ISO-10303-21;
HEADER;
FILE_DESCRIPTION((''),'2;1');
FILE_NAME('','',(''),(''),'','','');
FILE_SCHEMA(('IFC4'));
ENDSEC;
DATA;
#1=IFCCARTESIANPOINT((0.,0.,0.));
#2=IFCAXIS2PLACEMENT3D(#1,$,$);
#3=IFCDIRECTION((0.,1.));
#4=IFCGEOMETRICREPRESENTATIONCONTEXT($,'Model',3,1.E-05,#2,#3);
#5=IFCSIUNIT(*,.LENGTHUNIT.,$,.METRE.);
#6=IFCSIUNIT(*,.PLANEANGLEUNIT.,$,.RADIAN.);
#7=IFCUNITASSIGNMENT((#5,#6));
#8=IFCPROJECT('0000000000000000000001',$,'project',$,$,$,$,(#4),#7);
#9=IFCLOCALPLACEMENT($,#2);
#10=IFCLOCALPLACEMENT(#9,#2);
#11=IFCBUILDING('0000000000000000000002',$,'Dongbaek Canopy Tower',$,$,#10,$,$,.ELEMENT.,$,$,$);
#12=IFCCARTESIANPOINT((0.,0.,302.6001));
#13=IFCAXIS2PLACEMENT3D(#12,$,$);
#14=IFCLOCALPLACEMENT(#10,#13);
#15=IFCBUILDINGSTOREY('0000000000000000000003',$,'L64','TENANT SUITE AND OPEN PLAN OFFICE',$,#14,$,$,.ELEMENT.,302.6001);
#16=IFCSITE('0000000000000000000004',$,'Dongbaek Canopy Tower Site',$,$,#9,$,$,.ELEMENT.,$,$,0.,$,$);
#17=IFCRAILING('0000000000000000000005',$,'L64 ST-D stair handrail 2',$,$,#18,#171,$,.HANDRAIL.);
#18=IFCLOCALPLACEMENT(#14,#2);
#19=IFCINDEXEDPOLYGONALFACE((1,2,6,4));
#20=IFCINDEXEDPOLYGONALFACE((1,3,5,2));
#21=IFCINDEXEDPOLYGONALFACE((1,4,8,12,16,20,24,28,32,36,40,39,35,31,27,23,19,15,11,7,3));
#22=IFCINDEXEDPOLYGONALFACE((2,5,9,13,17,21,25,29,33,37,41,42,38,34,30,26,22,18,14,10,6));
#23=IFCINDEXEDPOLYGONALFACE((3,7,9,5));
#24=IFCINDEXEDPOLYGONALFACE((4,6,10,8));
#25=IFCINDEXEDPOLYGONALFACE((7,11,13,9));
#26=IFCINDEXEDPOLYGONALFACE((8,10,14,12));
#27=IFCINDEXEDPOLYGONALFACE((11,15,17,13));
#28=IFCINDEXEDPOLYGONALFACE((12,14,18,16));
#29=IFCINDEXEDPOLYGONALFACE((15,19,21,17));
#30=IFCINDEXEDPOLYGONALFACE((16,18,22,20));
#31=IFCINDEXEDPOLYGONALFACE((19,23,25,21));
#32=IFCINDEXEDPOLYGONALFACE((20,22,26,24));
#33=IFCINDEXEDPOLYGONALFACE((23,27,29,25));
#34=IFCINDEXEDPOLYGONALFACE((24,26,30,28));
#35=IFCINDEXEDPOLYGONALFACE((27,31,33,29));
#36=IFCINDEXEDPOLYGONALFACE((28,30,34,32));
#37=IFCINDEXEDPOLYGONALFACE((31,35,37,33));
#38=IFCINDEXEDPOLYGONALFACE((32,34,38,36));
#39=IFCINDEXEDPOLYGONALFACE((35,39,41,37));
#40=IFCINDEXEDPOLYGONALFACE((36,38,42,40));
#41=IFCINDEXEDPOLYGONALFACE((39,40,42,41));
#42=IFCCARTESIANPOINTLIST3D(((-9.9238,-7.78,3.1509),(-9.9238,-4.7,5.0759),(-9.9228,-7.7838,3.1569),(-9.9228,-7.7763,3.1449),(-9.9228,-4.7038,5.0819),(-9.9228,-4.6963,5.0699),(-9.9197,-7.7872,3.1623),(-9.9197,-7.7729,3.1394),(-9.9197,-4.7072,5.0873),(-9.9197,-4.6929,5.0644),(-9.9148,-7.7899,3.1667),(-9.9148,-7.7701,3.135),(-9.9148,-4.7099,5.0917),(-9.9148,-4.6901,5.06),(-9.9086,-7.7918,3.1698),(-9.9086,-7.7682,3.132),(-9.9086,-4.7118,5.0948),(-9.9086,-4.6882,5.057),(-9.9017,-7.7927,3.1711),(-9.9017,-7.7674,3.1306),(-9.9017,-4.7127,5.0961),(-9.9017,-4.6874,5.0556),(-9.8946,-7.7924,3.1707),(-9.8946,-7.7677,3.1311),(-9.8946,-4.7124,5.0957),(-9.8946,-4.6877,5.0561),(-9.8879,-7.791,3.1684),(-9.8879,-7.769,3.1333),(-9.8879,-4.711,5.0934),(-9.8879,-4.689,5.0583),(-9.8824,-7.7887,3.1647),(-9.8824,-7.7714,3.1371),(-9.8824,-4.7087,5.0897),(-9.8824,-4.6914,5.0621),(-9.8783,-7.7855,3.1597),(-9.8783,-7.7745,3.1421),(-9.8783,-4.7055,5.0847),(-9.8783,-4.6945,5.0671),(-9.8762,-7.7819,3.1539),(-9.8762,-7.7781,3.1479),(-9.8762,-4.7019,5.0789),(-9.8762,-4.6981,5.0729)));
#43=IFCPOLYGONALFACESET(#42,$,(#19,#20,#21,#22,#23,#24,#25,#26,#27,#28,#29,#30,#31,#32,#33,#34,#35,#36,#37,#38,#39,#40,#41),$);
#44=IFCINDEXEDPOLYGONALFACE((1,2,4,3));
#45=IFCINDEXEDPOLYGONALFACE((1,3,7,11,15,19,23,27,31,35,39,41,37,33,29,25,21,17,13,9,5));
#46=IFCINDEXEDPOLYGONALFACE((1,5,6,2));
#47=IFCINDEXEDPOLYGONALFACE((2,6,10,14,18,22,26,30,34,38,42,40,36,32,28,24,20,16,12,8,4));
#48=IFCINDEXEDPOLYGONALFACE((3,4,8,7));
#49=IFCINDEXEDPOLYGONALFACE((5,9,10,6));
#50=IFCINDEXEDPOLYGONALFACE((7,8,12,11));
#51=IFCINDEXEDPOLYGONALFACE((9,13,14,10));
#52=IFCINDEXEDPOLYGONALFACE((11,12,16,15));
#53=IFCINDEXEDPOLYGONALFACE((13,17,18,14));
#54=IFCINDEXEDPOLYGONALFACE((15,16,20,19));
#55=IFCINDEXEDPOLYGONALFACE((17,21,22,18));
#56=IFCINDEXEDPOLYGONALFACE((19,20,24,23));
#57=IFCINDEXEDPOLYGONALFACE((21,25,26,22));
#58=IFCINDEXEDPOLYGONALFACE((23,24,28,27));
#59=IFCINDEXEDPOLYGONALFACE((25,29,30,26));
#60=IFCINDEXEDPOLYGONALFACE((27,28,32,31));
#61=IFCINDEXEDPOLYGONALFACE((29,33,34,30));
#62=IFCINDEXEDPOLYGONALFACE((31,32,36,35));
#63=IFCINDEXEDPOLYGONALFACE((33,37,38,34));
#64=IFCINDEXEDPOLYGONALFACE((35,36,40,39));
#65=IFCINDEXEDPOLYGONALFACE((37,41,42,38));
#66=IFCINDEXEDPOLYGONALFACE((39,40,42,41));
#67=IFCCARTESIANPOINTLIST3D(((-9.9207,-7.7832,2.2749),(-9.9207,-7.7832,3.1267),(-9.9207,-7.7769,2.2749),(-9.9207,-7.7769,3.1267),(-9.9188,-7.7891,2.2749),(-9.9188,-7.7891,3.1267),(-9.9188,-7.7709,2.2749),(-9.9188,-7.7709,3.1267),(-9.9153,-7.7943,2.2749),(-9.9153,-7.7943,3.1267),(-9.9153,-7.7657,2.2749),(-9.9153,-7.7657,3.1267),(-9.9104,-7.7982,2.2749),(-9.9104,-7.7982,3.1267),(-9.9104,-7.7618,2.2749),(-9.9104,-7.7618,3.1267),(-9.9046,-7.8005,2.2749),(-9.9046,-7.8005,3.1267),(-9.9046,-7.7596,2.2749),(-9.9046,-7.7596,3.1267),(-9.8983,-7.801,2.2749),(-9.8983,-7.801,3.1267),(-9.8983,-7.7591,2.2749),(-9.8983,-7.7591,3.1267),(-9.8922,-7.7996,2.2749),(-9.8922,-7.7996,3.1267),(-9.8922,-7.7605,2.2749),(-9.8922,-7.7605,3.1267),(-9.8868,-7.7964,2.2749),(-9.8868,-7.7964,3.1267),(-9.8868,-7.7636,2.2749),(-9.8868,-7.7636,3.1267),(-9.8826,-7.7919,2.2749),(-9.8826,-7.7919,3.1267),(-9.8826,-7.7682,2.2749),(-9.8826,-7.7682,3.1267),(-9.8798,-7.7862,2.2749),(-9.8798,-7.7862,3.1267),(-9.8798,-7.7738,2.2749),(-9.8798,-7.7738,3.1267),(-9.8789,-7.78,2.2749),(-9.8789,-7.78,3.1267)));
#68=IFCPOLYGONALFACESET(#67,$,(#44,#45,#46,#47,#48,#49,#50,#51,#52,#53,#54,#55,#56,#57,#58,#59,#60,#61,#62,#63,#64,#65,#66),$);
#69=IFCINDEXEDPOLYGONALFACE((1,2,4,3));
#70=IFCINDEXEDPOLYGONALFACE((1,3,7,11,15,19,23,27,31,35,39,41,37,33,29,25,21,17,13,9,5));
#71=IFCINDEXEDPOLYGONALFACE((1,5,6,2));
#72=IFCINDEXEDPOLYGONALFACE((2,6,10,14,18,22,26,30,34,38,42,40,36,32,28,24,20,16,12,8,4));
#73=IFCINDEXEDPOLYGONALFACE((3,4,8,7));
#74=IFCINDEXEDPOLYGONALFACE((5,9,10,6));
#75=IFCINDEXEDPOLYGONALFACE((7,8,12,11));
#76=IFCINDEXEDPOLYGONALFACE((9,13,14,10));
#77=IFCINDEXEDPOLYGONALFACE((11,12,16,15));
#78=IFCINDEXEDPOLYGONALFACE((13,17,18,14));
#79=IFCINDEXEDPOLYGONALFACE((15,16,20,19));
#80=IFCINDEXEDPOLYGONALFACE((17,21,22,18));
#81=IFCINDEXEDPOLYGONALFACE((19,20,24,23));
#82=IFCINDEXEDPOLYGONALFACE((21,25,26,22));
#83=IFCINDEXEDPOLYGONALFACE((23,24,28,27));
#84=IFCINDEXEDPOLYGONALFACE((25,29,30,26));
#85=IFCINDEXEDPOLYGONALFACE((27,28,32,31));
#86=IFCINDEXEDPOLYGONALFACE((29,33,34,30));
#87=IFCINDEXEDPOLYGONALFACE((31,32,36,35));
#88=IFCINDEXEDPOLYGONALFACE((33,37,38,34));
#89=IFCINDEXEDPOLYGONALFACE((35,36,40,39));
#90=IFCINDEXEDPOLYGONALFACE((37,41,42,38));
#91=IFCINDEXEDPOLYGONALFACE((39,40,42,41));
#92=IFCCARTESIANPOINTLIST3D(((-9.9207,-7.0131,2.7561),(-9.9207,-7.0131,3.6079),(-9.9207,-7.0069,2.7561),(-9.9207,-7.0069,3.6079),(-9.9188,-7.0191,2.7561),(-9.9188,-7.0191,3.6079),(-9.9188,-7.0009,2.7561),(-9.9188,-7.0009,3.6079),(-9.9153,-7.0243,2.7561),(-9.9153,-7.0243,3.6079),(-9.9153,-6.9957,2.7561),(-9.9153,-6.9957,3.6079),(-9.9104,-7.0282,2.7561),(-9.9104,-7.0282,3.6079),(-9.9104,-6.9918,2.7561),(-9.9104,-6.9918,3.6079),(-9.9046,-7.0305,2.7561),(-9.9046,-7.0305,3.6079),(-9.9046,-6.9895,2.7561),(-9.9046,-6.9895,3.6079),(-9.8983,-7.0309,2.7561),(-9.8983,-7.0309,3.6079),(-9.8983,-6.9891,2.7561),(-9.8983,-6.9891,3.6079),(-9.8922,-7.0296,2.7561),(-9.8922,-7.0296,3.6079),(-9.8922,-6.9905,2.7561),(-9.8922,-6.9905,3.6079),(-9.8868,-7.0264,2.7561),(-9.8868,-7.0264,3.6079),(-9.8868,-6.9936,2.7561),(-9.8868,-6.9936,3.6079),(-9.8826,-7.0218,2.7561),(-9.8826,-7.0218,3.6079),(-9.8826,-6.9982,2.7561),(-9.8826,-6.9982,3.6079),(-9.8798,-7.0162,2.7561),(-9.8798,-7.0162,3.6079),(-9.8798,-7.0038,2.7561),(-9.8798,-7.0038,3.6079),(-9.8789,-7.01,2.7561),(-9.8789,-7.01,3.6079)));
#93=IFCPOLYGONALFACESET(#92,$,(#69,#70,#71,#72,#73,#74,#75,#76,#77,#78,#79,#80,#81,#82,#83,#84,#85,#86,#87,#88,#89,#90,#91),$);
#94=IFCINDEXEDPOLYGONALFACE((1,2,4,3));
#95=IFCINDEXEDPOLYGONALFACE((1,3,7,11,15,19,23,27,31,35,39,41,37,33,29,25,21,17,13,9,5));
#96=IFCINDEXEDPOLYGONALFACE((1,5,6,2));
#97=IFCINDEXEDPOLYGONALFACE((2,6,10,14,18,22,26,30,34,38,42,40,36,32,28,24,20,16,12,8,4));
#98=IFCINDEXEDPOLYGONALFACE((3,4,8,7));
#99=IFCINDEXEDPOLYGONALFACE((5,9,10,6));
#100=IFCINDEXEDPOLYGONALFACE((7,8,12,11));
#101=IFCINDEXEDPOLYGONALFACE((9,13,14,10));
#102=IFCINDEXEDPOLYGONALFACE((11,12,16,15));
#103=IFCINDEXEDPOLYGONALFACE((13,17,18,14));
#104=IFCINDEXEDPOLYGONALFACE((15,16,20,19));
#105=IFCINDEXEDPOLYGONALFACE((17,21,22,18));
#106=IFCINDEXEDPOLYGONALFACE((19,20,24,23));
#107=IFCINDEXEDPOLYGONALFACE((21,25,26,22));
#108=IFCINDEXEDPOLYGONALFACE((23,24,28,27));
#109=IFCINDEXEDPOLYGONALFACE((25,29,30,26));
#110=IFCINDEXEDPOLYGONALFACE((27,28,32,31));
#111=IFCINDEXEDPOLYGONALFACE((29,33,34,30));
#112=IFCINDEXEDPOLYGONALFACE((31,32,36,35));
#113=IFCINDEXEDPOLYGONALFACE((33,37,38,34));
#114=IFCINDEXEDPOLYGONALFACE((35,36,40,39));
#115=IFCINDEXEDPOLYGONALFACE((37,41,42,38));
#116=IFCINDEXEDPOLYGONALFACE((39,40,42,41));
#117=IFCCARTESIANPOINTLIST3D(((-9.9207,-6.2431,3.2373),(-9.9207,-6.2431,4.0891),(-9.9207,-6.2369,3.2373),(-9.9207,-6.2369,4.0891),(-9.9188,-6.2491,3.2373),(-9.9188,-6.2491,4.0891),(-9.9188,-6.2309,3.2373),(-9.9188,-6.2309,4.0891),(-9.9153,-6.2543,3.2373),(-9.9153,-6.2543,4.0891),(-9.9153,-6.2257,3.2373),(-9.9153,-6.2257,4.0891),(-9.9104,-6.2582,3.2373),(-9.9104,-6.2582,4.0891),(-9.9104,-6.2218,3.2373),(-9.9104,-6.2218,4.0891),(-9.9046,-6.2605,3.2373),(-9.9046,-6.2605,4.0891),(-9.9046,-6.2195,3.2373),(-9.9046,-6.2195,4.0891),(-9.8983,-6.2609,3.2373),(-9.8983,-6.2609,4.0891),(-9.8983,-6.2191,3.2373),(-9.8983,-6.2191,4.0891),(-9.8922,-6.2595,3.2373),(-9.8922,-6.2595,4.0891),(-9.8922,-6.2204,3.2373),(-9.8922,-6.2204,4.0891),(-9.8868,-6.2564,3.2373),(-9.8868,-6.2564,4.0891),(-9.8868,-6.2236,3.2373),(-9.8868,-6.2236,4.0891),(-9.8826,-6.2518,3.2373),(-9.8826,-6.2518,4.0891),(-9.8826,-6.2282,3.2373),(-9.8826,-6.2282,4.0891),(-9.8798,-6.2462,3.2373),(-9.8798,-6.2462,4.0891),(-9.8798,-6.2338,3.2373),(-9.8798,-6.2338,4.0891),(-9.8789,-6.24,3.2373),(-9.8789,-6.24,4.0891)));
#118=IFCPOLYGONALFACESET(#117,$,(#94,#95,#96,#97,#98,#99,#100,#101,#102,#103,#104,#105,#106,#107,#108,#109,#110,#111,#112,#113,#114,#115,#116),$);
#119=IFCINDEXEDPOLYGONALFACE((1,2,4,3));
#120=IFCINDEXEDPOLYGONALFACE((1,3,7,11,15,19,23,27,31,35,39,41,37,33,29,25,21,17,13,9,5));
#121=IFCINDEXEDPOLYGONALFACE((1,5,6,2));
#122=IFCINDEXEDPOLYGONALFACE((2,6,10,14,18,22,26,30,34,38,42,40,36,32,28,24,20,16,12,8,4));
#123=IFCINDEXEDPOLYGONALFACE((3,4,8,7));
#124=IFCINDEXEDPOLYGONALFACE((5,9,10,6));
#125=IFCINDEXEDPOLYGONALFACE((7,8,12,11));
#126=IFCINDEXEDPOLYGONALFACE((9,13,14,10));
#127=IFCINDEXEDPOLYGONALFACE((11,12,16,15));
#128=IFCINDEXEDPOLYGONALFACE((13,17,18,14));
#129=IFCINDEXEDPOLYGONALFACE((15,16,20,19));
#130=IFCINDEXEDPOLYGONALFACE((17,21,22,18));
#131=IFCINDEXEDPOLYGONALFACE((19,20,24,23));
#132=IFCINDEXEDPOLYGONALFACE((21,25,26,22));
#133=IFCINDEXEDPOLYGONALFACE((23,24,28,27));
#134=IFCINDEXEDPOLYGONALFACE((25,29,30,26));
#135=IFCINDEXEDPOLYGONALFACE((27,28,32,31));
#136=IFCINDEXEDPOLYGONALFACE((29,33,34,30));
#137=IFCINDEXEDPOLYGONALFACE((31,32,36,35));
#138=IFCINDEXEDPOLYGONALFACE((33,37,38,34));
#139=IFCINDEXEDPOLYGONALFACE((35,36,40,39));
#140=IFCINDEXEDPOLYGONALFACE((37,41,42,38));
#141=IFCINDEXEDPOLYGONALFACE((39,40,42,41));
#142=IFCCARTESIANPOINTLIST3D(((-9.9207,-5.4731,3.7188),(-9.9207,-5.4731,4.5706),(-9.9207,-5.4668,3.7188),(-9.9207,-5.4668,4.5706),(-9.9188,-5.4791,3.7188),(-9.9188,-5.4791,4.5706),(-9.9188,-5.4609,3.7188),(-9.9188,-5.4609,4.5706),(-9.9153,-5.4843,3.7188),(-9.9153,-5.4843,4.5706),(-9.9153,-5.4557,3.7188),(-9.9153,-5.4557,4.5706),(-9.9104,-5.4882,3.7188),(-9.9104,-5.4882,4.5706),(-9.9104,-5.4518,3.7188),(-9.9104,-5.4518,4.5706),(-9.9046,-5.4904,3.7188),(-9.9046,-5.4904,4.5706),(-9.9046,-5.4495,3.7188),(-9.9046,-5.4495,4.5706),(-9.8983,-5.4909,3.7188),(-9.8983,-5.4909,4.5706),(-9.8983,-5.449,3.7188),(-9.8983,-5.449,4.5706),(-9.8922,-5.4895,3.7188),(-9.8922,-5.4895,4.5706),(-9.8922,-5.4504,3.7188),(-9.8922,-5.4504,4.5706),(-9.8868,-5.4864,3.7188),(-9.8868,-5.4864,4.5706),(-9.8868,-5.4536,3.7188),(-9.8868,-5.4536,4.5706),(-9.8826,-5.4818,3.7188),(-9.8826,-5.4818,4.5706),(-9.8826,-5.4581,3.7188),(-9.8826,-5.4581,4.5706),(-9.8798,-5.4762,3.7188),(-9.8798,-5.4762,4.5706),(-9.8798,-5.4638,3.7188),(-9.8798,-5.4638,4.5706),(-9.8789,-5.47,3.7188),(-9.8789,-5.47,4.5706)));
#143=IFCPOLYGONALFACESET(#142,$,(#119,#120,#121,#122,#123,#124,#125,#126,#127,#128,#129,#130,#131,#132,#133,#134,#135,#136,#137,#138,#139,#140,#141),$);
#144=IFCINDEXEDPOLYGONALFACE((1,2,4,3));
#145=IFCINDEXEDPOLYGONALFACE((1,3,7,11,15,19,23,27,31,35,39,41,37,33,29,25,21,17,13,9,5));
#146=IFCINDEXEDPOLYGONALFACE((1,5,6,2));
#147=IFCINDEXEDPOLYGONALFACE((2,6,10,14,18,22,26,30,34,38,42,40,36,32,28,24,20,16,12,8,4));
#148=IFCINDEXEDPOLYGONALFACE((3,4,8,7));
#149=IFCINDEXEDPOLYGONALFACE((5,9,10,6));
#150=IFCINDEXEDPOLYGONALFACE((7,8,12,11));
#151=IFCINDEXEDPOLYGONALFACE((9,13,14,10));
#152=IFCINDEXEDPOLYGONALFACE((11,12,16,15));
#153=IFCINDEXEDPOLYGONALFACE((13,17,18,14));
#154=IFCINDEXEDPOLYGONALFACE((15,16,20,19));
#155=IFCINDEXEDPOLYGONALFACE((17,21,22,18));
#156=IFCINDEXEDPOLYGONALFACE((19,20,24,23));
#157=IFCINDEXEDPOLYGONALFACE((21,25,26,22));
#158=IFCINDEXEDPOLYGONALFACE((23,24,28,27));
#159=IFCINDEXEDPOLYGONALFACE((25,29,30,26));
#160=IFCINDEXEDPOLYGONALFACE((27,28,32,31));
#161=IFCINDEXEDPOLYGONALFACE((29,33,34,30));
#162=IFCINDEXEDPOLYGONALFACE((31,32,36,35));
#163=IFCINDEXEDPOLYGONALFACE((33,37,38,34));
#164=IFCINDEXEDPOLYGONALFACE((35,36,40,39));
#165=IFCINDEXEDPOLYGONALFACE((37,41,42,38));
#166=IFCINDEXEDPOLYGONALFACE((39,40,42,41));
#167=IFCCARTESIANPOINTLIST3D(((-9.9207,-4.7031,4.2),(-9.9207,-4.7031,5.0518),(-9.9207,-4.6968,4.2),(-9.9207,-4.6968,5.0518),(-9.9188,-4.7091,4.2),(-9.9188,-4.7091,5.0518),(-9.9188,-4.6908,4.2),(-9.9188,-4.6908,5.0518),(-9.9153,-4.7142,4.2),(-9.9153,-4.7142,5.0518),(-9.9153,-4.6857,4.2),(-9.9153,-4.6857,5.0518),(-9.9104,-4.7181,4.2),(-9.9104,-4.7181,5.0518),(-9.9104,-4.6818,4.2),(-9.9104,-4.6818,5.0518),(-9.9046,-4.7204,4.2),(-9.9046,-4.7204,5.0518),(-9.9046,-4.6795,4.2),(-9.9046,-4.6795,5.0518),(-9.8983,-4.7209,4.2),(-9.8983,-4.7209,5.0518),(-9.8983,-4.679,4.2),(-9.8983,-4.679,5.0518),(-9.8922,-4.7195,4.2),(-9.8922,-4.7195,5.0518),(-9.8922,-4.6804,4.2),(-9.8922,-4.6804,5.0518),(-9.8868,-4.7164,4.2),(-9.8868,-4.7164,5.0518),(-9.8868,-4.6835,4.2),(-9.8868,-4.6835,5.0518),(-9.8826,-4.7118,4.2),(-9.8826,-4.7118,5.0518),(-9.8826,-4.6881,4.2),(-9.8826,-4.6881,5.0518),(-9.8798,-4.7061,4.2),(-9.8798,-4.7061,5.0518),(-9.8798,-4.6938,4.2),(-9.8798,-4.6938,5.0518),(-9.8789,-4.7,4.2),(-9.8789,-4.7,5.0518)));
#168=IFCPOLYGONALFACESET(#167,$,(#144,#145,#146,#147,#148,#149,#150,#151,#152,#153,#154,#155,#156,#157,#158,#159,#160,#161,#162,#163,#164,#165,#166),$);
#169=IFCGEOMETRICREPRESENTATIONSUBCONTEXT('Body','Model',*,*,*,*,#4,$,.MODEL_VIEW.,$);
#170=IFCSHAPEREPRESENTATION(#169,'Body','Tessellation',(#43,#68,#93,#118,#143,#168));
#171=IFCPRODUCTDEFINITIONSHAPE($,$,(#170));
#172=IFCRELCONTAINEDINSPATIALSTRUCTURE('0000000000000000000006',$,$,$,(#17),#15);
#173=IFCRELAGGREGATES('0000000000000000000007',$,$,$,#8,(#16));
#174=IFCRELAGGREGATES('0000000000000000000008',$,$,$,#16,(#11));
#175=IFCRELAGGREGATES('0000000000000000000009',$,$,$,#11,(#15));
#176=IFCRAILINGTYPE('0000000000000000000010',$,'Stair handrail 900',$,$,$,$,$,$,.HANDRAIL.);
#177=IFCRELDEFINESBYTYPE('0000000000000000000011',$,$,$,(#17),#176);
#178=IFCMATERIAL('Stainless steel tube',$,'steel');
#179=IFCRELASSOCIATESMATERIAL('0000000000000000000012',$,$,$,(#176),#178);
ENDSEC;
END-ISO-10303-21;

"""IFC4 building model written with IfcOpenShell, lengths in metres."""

from ifc_helpers import new_model, si_unit, direction, frame, origin, origin_2d, place, context, subcontext, project, spatial, circle, extrude, material, type_object, element, save


model = new_model("IFC4")

# Units and contexts
model_context = context("Model", 3, precision=1e-05, world=origin(), true_north=direction((0.0, 1.0)))
body_context = subcontext(model_context, "Body", "Model", "MODEL_VIEW")
ifc_project = project(units=[si_unit("LENGTHUNIT", "METRE"), si_unit("PLANEANGLEUNIT", "RADIAN")], contexts=[model_context])

# Site, building, storey
site_placement = place(None, origin())
site = spatial("IfcSite", under=ifc_project, at=site_placement, Name="Dongbaek Canopy Tower Site", CompositionType="ELEMENT", RefElevation=0.0)
building_placement = place(site_placement, origin())
building = spatial("IfcBuilding", under=site, at=building_placement, Name="Dongbaek Canopy Tower", CompositionType="ELEMENT")
storey_placement = place(building_placement, frame((0.0, 0.0, 302.6001)))
storey = spatial("IfcBuildingStorey", under=building, at=storey_placement, Name="L64", Description="TENANT SUITE AND OPEN PLAN OFFICE", CompositionType="ELEMENT", Elevation=302.6001)

# Railing
ifc_material_1 = material(Name="Stainless steel tube", Category="steel")
railing_type_1 = type_object("IfcRailingType", Name="Stair handrail 900", PredefinedType="HANDRAIL", material=ifc_material_1)
railing_1_placement = place(storey_placement, frame((-9.8999, -7.78, 2.2749)))
element("IfcRailing", 1, at=railing_1_placement, inside=storey, type_object=railing_type_1, Name="L64 ST-D stair handrail 2", PredefinedType="HANDRAIL", context=body_context, shape_type="SweptSolid", body=[
    extrude(circle(Radius=0.0239, at=origin_2d()), frame((0.0, 0.0, 0.876), z_axis=(0.0, 0.847998, 0.529999), x_axis=(-1.0, 0.0, 0.0)), (0.0, 0.0, 1.0), 3.6321),
    extrude(circle(Radius=0.021, at=origin_2d()), origin(), (0.0, 0.0, 1.0), 0.8518),
    extrude(circle(Radius=0.021, at=origin_2d()), frame((0.0, 0.77, 0.4812)), (0.0, 0.0, 1.0), 0.8518),
    extrude(circle(Radius=0.021, at=origin_2d()), frame((0.0, 1.54, 0.9624)), (0.0, 0.0, 1.0), 0.8518),
    extrude(circle(Radius=0.021, at=origin_2d()), frame((0.0, 2.3101, 1.4438)), (0.0, 0.0, 1.0), 0.8518),
    extrude(circle(Radius=0.021, at=origin_2d()), frame((0.0, 3.0801, 1.925)), (0.0, 0.0, 1.0), 0.8518),
])

save(model, "model.ifc")
